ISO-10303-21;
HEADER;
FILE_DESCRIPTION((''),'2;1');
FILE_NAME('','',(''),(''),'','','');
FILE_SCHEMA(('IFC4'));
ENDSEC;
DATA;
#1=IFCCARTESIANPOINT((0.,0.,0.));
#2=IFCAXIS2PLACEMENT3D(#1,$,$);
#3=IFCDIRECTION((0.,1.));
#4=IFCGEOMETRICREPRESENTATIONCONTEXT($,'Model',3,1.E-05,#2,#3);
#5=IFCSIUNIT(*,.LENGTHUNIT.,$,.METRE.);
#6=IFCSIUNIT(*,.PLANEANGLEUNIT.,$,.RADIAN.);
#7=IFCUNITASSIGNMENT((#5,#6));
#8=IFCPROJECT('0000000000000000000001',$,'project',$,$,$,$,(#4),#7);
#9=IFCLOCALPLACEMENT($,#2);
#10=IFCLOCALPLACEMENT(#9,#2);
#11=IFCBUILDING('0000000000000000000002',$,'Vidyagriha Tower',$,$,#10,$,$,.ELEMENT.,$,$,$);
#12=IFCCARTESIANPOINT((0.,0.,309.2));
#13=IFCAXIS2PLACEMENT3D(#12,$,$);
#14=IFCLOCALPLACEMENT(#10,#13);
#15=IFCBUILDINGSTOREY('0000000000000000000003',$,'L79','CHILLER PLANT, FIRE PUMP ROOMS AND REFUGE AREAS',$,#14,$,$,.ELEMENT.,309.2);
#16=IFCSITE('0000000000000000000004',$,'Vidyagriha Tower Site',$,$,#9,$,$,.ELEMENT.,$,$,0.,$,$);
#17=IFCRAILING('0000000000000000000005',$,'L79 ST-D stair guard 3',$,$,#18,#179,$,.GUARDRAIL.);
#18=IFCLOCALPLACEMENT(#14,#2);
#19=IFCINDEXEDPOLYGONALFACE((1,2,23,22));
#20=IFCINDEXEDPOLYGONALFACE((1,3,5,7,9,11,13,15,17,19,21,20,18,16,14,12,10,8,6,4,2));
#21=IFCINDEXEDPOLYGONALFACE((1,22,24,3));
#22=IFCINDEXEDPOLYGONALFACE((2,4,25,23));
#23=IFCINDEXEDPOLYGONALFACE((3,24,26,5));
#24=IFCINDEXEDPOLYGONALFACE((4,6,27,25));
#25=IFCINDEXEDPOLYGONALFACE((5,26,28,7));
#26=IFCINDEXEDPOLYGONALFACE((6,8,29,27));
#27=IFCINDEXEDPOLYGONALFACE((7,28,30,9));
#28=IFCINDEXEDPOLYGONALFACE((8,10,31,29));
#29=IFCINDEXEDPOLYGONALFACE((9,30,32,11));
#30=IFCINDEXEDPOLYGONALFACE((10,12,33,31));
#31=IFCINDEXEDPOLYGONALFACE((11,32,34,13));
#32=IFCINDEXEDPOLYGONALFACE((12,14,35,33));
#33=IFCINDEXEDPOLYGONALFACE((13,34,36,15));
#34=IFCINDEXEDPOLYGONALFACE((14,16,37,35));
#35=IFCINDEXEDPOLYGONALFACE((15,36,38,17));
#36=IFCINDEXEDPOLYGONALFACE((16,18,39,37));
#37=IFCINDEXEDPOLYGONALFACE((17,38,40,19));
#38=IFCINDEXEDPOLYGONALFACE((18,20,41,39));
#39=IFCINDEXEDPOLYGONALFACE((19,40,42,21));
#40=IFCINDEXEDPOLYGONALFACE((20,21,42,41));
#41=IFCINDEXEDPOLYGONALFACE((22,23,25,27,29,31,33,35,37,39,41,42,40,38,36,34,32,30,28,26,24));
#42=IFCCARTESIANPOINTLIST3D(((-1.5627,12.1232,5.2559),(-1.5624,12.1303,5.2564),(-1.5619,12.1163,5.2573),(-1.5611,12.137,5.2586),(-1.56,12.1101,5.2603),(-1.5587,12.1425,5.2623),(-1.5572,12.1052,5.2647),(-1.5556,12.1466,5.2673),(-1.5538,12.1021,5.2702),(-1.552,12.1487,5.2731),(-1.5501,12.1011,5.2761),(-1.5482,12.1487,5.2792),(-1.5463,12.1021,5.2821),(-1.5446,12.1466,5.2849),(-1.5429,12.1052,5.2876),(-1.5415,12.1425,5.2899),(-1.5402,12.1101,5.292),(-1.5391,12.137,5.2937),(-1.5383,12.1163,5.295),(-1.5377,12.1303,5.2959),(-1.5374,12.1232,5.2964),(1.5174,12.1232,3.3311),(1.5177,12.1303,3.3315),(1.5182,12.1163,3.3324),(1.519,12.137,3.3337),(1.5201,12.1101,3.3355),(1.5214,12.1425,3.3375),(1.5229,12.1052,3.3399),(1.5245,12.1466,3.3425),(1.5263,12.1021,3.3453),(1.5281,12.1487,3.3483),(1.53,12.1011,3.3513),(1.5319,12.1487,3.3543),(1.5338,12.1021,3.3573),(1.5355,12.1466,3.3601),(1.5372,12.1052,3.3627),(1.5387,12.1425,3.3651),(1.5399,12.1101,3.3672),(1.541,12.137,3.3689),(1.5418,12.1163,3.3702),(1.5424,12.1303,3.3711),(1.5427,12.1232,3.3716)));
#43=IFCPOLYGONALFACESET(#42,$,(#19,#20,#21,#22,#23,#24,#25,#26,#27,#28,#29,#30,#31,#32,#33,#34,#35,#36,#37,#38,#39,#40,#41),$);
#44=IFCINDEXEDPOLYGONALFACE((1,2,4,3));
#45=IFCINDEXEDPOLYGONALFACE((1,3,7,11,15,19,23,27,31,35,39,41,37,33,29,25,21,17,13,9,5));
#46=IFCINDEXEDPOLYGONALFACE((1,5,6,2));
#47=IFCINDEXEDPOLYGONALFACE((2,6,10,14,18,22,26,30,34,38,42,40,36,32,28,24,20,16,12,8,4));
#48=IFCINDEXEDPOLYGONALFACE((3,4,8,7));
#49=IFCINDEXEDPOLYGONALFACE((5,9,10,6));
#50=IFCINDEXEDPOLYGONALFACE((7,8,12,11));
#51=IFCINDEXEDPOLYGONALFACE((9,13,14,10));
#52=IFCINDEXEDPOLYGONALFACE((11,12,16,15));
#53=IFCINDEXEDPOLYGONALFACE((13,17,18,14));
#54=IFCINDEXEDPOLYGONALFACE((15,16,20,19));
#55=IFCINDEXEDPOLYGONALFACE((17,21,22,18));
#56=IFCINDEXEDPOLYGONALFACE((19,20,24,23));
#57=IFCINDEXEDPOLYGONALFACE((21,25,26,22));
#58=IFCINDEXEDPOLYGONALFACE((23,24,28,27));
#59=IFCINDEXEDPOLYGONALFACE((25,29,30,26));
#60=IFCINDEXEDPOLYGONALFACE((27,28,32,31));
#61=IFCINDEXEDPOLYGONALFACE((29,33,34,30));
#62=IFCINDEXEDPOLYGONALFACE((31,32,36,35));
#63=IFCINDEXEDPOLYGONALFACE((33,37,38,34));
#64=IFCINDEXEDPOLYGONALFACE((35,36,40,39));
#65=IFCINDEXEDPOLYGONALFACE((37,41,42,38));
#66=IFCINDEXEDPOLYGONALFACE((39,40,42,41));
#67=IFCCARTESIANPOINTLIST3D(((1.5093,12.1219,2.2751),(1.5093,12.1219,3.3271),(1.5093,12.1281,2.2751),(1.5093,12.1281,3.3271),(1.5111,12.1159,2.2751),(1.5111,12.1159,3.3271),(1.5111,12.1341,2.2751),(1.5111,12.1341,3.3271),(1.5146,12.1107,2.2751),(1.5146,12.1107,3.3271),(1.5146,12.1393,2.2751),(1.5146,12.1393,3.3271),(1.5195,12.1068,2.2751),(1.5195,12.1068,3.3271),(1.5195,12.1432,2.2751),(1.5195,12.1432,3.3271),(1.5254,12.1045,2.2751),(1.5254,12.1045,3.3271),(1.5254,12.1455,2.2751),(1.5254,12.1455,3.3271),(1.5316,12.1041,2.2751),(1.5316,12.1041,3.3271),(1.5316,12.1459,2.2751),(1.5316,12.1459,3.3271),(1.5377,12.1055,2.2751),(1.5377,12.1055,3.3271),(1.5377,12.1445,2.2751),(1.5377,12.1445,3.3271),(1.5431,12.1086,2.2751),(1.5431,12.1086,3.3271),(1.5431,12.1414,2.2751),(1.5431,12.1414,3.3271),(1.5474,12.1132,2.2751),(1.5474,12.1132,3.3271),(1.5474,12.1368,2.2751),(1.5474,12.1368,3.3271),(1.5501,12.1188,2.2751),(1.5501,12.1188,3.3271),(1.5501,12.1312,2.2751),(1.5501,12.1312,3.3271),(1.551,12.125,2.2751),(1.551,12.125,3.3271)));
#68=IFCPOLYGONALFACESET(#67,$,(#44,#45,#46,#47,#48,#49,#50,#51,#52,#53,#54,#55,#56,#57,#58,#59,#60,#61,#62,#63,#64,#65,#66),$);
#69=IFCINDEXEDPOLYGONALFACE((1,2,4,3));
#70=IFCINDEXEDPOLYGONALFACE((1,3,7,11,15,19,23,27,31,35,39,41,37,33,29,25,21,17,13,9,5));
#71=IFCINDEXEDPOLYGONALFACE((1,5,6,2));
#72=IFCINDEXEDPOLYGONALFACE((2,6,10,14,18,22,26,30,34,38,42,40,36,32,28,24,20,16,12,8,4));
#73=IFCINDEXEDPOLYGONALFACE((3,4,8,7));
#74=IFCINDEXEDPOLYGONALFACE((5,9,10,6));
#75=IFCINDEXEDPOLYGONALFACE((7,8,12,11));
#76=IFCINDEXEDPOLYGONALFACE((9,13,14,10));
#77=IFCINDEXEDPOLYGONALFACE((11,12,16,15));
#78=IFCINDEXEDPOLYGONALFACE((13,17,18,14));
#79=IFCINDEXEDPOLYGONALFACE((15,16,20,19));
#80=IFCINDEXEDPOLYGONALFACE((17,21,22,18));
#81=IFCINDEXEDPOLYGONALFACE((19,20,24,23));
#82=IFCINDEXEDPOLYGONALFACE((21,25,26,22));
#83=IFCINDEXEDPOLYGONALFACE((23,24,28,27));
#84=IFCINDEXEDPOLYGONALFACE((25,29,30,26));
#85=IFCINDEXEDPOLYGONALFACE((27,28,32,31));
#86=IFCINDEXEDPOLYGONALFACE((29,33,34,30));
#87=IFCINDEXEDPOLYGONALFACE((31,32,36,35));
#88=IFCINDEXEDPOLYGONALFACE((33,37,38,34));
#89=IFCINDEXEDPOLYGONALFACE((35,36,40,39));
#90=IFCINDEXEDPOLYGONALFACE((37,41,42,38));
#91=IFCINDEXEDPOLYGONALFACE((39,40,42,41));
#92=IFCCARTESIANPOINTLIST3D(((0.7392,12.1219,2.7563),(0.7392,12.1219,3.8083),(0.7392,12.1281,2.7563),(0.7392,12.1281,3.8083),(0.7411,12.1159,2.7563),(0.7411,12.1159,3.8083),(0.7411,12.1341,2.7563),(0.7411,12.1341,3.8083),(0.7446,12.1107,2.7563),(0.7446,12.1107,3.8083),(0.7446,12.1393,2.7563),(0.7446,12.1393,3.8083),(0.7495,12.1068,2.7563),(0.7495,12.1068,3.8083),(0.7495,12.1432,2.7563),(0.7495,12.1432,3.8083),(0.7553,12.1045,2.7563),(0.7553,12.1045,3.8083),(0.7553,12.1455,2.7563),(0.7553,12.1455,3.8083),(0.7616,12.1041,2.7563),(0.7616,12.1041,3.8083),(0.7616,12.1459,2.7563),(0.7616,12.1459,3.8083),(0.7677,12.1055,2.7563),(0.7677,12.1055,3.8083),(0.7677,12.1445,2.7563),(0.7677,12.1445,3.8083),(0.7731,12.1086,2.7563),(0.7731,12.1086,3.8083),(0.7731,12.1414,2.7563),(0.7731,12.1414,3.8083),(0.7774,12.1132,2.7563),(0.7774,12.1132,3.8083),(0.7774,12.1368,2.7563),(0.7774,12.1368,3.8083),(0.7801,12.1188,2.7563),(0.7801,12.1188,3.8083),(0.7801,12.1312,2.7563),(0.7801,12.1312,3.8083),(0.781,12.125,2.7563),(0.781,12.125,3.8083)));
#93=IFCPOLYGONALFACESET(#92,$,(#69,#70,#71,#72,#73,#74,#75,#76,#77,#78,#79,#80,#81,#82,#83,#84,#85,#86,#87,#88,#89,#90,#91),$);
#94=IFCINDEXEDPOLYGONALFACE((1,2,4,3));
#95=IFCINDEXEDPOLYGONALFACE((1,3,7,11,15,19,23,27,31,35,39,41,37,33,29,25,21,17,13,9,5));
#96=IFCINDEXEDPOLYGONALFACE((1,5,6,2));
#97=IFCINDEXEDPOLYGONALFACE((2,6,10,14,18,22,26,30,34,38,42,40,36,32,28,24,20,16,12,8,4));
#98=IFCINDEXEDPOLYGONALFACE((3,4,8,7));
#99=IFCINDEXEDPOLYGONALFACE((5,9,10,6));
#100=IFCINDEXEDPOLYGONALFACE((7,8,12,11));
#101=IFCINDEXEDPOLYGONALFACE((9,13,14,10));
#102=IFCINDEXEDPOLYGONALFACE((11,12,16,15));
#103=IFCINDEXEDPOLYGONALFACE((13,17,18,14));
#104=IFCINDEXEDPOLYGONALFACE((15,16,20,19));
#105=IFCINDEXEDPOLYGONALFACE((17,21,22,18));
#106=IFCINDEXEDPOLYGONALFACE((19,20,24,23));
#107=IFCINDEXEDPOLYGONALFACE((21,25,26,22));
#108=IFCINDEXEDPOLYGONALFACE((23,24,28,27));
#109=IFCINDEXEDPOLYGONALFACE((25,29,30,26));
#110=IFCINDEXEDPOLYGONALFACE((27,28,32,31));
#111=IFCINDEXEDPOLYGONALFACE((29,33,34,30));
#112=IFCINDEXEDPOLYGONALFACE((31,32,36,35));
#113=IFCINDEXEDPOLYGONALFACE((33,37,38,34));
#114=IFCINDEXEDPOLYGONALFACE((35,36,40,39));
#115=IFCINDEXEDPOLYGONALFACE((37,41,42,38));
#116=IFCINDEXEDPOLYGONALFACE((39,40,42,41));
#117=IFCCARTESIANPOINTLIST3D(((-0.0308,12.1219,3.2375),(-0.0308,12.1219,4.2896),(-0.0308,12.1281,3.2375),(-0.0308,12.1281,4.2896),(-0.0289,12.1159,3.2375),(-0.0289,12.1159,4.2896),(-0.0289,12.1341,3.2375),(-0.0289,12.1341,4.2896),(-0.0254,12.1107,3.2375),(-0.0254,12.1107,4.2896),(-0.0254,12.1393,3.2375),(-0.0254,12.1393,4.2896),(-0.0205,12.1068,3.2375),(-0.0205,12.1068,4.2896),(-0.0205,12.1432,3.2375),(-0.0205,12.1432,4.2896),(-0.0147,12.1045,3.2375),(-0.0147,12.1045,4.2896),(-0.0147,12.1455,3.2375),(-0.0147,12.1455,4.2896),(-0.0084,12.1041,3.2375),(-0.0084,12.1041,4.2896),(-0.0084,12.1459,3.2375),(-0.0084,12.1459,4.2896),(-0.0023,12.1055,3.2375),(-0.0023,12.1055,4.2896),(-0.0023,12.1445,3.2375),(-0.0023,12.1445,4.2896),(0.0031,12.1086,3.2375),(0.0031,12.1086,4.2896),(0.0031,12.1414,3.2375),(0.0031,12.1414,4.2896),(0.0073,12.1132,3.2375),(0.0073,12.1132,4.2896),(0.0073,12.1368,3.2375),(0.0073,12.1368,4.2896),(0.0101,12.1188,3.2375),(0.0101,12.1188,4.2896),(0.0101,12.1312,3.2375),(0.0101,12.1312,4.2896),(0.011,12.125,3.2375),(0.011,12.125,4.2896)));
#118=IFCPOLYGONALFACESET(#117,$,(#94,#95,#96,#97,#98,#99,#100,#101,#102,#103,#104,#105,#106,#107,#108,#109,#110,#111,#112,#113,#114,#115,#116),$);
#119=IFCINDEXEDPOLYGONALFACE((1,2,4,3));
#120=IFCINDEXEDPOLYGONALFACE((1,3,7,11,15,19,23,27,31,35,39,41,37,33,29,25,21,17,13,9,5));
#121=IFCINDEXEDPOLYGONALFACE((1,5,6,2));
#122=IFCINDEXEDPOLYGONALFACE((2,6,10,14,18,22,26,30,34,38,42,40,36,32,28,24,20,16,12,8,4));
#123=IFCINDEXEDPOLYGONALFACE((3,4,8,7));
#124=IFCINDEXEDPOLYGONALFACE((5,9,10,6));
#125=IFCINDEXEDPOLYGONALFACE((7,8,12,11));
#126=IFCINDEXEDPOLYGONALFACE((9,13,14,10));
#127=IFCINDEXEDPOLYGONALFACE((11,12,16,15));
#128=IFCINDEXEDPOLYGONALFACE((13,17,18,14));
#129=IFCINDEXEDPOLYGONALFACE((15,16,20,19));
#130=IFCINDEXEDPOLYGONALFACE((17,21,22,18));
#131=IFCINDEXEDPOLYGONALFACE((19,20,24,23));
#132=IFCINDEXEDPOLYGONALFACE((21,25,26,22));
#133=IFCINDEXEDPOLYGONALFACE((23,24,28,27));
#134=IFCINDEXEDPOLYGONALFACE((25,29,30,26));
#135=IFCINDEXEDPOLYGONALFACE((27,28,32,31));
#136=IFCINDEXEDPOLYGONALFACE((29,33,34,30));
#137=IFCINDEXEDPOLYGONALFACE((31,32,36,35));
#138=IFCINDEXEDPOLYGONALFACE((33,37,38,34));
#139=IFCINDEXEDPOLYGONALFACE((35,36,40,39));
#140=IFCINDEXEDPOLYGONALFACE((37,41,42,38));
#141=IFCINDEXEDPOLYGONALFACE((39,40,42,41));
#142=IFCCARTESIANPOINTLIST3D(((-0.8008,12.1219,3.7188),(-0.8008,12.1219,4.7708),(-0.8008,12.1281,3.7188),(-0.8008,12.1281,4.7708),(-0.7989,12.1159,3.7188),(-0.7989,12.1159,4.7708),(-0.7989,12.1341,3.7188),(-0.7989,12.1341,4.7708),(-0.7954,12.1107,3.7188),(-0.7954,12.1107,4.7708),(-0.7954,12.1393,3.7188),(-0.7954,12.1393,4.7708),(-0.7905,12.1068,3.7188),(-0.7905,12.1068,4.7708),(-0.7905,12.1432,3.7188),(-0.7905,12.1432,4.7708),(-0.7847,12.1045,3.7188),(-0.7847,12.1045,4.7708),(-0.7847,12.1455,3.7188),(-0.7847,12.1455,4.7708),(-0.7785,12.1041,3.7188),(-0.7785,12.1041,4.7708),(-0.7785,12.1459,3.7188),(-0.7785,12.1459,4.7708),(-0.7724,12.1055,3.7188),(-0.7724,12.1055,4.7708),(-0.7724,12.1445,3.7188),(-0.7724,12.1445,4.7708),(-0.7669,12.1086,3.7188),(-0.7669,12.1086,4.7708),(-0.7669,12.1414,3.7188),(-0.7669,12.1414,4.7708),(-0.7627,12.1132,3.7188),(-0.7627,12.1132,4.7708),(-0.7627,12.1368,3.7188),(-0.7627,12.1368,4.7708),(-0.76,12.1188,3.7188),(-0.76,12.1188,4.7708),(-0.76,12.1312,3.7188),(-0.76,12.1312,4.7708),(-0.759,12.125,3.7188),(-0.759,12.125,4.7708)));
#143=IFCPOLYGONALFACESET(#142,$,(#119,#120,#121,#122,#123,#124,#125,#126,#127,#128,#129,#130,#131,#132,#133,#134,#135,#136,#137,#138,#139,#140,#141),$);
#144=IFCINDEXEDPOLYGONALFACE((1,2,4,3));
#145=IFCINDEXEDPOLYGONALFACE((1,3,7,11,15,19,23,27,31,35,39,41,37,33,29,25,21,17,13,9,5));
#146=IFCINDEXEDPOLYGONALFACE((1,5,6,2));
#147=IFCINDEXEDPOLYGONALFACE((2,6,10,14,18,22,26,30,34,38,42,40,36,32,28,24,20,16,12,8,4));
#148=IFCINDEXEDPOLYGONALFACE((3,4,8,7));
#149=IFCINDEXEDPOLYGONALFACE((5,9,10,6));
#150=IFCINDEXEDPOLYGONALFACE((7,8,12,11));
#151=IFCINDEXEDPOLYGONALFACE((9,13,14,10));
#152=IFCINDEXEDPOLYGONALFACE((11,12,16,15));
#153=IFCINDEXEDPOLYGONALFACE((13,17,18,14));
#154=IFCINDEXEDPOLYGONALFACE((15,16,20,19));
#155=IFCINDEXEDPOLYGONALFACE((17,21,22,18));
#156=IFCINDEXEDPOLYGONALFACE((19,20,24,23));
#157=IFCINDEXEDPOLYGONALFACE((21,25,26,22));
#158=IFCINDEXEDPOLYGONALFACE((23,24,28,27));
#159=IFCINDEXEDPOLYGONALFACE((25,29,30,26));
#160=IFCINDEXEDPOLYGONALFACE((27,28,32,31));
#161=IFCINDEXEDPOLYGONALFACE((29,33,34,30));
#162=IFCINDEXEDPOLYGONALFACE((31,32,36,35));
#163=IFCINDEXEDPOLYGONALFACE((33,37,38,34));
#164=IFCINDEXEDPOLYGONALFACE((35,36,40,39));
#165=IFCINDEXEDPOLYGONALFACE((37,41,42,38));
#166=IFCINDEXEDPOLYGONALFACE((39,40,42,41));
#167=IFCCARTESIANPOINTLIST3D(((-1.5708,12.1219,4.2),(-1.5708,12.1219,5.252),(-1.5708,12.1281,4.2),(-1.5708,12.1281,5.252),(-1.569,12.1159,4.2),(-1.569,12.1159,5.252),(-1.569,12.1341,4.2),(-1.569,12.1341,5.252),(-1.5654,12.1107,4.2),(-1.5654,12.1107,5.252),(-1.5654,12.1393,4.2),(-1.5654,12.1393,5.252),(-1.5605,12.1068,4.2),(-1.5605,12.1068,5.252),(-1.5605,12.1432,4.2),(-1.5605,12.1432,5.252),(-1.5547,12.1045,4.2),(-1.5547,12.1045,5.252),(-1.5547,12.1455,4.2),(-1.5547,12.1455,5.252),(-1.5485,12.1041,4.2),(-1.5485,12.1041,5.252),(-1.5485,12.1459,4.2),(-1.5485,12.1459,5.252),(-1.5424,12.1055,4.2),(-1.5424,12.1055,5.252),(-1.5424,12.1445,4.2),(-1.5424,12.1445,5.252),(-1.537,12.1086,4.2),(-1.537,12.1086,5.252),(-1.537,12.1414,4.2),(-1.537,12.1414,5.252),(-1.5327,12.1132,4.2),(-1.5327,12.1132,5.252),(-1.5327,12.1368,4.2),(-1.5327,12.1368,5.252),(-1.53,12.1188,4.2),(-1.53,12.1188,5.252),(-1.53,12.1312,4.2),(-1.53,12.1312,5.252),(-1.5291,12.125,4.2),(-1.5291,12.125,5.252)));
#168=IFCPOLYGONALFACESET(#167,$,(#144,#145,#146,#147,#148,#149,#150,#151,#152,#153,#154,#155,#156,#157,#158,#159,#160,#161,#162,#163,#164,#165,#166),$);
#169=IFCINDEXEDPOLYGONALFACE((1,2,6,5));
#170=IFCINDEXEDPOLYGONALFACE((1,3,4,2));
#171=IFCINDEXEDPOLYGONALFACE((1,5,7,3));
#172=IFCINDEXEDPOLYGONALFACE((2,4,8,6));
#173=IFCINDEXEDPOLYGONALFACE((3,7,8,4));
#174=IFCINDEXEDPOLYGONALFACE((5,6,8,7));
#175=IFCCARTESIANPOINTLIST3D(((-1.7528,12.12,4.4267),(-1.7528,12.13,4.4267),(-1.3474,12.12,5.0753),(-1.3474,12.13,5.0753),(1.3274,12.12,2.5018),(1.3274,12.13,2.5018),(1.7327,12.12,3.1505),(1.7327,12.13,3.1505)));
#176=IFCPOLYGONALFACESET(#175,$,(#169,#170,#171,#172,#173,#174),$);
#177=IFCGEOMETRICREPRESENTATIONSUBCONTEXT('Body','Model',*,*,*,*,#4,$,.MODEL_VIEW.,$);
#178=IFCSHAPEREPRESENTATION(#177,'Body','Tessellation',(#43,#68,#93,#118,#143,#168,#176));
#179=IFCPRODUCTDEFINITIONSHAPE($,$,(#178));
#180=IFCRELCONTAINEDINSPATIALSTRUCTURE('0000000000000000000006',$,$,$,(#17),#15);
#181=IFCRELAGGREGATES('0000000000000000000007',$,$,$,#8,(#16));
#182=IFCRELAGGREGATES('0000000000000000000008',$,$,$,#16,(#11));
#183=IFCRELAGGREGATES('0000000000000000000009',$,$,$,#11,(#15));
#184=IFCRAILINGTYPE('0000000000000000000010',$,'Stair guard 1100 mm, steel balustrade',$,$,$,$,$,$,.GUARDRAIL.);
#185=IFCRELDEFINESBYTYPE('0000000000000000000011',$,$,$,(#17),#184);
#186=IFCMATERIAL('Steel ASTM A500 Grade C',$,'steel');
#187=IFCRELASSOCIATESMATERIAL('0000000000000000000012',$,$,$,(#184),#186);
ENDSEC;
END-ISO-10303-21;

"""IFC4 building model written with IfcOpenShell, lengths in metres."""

from ifc_helpers import new_model, si_unit, direction, frame, origin, origin_2d, place, context, subcontext, project, spatial, rectangle, circle, extrude, material, type_object, element, save


model = new_model("IFC4")

# Units and contexts
model_context = context("Model", 3, precision=1e-05, world=origin(), true_north=direction((0.0, 1.0)))
body_context = subcontext(model_context, "Body", "Model", "MODEL_VIEW")
ifc_project = project(units=[si_unit("LENGTHUNIT", "METRE"), si_unit("PLANEANGLEUNIT", "RADIAN")], contexts=[model_context])

# Site, building, storey
site_placement = place(None, origin())
site = spatial("IfcSite", under=ifc_project, at=site_placement, Name="Vidyagriha Tower Site", CompositionType="ELEMENT", RefElevation=0.0)
building_placement = place(site_placement, origin())
building = spatial("IfcBuilding", under=site, at=building_placement, Name="Vidyagriha Tower", CompositionType="ELEMENT")
storey_placement = place(building_placement, frame((0.0, 0.0, 309.2)))
storey = spatial("IfcBuildingStorey", under=building, at=storey_placement, Name="L79", Description="CHILLER PLANT, FIRE PUMP ROOMS AND REFUGE AREAS", CompositionType="ELEMENT", Elevation=309.2)

# Railing
ifc_material_1 = material(Name="Steel ASTM A500 Grade C", Category="steel")
railing_type_1 = type_object("IfcRailingType", Name="Stair guard 1100 mm, steel balustrade", PredefinedType="GUARDRAIL", material=ifc_material_1)
railing_1_placement = place(storey_placement, frame((1.53, 12.125, 2.2751)))
element("IfcRailing", 1, at=railing_1_placement, inside=storey, type_object=railing_type_1, Name="L79 ST-D stair guard 3", PredefinedType="GUARDRAIL", context=body_context, shape_type="SweptSolid", body=[
    extrude(circle(Radius=0.0239, at=origin_2d()), frame((0.0, 0.0, 1.0762), z_axis=(-0.848029, 0.0, 0.529951), x_axis=(0.0, -1.0, 0.0)), (0.0, 0.0, 1.0), 3.6321),
    extrude(circle(Radius=0.021, at=origin_2d()), origin(), (0.0, 0.0, 1.0), 1.052),
    extrude(circle(Radius=0.021, at=origin_2d()), frame((-0.77, 0.0, 0.4812)), (0.0, 0.0, 1.0), 1.052),
    extrude(circle(Radius=0.021, at=origin_2d()), frame((-1.54, 0.0, 0.9624)), (0.0, 0.0, 1.0), 1.052),
    extrude(circle(Radius=0.021, at=origin_2d()), frame((-2.3101, 0.0, 1.4436)), (0.0, 0.0, 1.0), 1.052),
    extrude(circle(Radius=0.021, at=origin_2d()), frame((-3.0801, 0.0, 1.9248)), (0.0, 0.0, 1.0), 1.052),
    extrude(rectangle(XDim=0.01, YDim=0.7649, at=origin_2d()), frame((0.0, 0.0, 0.551), z_axis=(-0.848029, 0.0, 0.529951), x_axis=(0.0, -1.0, 0.0)), (0.0, 0.0, 1.0), 3.6321),
])

save(model, "model.ifc")
